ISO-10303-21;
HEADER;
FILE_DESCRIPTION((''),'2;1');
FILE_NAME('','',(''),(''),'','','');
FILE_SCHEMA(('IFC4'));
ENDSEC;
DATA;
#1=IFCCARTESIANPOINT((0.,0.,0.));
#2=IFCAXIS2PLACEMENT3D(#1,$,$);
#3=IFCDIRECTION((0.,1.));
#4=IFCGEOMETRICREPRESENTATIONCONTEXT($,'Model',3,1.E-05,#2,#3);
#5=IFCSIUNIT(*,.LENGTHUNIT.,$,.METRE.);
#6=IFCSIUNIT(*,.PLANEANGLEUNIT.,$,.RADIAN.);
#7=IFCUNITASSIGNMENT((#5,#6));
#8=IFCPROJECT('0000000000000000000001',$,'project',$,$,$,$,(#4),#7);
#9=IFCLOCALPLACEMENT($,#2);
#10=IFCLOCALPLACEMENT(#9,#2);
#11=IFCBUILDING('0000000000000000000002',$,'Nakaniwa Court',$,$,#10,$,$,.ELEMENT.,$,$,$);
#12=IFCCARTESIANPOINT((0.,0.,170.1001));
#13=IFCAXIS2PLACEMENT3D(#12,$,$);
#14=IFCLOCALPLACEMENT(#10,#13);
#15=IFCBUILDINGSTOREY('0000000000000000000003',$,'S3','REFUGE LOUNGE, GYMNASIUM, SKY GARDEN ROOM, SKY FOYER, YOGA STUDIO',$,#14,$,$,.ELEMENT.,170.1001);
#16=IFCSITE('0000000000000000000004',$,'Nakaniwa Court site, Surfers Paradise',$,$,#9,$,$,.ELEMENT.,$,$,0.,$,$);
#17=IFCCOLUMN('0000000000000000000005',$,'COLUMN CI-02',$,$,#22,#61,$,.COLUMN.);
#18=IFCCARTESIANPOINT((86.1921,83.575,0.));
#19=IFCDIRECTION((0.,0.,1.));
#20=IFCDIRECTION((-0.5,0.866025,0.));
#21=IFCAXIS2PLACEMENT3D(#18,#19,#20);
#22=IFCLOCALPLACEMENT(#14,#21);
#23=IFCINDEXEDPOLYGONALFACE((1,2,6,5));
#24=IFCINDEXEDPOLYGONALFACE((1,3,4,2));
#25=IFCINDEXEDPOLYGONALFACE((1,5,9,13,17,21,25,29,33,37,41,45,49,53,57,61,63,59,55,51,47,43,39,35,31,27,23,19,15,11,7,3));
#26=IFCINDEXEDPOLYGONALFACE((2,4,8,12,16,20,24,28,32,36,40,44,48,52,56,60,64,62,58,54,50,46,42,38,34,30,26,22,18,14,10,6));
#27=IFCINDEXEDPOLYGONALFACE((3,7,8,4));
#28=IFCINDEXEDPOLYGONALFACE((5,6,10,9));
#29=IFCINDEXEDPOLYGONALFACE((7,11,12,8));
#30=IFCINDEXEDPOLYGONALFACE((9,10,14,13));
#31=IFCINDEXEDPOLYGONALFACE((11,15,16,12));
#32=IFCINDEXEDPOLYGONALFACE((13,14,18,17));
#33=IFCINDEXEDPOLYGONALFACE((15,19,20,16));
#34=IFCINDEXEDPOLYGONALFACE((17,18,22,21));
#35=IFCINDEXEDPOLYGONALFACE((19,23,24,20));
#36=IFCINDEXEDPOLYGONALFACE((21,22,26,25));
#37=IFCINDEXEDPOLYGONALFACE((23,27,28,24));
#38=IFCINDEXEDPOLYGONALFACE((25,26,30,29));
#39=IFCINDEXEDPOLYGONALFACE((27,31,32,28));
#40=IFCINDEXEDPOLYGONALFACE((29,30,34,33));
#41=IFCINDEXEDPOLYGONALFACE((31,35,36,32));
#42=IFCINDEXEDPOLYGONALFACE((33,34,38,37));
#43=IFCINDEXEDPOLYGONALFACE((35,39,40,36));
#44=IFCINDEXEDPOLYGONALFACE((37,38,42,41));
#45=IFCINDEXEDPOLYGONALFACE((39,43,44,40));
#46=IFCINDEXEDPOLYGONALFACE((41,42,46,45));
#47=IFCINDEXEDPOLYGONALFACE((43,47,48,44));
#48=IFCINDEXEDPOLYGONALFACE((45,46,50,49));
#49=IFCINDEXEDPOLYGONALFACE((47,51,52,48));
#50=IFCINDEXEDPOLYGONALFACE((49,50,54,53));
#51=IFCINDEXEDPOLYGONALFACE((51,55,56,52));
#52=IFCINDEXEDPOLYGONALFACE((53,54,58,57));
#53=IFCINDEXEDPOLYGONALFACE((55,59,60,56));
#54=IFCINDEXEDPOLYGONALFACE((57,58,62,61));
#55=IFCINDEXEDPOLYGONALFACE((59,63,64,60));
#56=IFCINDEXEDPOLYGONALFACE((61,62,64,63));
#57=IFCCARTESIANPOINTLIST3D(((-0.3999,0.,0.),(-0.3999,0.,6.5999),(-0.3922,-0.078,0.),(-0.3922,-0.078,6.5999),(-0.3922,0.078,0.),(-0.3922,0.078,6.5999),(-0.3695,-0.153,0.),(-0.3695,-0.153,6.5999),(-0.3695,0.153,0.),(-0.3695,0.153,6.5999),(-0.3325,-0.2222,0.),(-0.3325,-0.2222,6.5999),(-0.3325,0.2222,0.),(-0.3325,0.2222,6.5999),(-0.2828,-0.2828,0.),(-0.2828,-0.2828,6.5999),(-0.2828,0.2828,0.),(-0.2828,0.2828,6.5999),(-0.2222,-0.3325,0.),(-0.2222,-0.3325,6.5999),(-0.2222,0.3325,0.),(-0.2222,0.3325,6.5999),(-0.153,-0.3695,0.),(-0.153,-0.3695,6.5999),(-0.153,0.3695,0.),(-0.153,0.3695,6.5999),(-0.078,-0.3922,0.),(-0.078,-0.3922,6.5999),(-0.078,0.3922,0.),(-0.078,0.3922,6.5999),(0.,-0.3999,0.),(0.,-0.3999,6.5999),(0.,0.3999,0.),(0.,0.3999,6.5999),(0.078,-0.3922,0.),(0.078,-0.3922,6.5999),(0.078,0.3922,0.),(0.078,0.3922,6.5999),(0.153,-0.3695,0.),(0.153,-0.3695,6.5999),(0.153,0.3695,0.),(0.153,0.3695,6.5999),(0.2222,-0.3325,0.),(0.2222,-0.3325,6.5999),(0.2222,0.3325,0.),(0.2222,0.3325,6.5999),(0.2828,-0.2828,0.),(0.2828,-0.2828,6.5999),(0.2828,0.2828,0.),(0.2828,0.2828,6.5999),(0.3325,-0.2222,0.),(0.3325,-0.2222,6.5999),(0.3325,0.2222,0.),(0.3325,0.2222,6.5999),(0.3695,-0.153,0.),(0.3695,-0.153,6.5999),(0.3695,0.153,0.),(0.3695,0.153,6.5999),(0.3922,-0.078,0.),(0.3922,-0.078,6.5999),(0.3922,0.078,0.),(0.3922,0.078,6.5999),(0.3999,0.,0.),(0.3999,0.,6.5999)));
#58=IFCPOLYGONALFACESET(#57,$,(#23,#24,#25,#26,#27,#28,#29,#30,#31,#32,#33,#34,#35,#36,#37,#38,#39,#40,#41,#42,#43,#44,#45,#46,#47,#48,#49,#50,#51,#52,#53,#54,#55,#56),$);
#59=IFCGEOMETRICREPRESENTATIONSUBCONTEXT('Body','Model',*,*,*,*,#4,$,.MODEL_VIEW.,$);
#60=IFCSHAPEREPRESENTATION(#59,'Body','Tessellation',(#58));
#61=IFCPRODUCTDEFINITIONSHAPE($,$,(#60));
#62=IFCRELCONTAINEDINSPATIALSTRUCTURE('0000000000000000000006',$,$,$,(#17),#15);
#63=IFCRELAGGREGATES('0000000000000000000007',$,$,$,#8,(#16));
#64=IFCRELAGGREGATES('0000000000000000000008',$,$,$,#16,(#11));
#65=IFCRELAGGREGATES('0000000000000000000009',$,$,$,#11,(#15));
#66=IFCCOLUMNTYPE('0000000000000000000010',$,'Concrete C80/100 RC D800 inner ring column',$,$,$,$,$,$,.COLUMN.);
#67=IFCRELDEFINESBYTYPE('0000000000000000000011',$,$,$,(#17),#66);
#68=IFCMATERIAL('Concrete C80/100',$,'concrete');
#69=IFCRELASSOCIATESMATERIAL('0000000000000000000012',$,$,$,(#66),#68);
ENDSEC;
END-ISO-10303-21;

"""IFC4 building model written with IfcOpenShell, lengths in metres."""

from ifc_helpers import new_model, si_unit, direction, frame, origin, origin_2d, place, context, subcontext, project, spatial, circle, extrude, material, material_profile, profile_set, type_object, element, save


model = new_model("IFC4")

# Units and contexts
model_context = context("Model", 3, precision=1e-05, world=origin(), true_north=direction((0.0, 1.0)))
body_context = subcontext(model_context, "Body", "Model", "MODEL_VIEW")
ifc_project = project(units=[si_unit("LENGTHUNIT", "METRE"), si_unit("PLANEANGLEUNIT", "RADIAN")], contexts=[model_context])

# Site, building, storey
site_placement = place(None, origin())
site = spatial("IfcSite", under=ifc_project, at=site_placement, Name="Nakaniwa Court site, Surfers Paradise", CompositionType="ELEMENT", RefElevation=0.0)
building_placement = place(site_placement, origin())
building = spatial("IfcBuilding", under=site, at=building_placement, Name="Nakaniwa Court", CompositionType="ELEMENT")
storey_placement = place(building_placement, frame((0.0, 0.0, 170.1001)))
storey = spatial("IfcBuildingStorey", under=building, at=storey_placement, Name="S3", Description="REFUGE LOUNGE, GYMNASIUM, SKY GARDEN ROOM, SKY FOYER, YOGA STUDIO", CompositionType="ELEMENT", Elevation=170.1001)

# Column
ifc_material_1 = material(Name="Concrete C80/100", Category="concrete")
ifc_material_profile_1 = material_profile(ifc_material_1, circle(Radius=0.3999, at=origin_2d()), Name="Concrete C80/100 RC D800 inner ring column")
ifc_profile_set_1 = profile_set([ifc_material_profile_1], Name="Concrete C80/100")
column_type_1 = type_object("IfcColumnType", Name="Concrete C80/100 RC D800 inner ring column", PredefinedType="COLUMN", material=ifc_profile_set_1)
column_placement = place(storey_placement, frame((86.1921, 83.575, 0.0), z_axis=(0.0, 0.0, 1.0), x_axis=(-0.5, 0.866025, 0.0)))
element("IfcColumn", 1, at=column_placement, inside=storey, type_object=column_type_1, Name="COLUMN CI-02", PredefinedType="COLUMN", context=body_context, shape_type="SweptSolid", body=[
    extrude(circle(Radius=0.3999, at=origin_2d()), origin(), (0.0, 0.0, 1.0), 6.5999),
])

save(model, "model.ifc")
